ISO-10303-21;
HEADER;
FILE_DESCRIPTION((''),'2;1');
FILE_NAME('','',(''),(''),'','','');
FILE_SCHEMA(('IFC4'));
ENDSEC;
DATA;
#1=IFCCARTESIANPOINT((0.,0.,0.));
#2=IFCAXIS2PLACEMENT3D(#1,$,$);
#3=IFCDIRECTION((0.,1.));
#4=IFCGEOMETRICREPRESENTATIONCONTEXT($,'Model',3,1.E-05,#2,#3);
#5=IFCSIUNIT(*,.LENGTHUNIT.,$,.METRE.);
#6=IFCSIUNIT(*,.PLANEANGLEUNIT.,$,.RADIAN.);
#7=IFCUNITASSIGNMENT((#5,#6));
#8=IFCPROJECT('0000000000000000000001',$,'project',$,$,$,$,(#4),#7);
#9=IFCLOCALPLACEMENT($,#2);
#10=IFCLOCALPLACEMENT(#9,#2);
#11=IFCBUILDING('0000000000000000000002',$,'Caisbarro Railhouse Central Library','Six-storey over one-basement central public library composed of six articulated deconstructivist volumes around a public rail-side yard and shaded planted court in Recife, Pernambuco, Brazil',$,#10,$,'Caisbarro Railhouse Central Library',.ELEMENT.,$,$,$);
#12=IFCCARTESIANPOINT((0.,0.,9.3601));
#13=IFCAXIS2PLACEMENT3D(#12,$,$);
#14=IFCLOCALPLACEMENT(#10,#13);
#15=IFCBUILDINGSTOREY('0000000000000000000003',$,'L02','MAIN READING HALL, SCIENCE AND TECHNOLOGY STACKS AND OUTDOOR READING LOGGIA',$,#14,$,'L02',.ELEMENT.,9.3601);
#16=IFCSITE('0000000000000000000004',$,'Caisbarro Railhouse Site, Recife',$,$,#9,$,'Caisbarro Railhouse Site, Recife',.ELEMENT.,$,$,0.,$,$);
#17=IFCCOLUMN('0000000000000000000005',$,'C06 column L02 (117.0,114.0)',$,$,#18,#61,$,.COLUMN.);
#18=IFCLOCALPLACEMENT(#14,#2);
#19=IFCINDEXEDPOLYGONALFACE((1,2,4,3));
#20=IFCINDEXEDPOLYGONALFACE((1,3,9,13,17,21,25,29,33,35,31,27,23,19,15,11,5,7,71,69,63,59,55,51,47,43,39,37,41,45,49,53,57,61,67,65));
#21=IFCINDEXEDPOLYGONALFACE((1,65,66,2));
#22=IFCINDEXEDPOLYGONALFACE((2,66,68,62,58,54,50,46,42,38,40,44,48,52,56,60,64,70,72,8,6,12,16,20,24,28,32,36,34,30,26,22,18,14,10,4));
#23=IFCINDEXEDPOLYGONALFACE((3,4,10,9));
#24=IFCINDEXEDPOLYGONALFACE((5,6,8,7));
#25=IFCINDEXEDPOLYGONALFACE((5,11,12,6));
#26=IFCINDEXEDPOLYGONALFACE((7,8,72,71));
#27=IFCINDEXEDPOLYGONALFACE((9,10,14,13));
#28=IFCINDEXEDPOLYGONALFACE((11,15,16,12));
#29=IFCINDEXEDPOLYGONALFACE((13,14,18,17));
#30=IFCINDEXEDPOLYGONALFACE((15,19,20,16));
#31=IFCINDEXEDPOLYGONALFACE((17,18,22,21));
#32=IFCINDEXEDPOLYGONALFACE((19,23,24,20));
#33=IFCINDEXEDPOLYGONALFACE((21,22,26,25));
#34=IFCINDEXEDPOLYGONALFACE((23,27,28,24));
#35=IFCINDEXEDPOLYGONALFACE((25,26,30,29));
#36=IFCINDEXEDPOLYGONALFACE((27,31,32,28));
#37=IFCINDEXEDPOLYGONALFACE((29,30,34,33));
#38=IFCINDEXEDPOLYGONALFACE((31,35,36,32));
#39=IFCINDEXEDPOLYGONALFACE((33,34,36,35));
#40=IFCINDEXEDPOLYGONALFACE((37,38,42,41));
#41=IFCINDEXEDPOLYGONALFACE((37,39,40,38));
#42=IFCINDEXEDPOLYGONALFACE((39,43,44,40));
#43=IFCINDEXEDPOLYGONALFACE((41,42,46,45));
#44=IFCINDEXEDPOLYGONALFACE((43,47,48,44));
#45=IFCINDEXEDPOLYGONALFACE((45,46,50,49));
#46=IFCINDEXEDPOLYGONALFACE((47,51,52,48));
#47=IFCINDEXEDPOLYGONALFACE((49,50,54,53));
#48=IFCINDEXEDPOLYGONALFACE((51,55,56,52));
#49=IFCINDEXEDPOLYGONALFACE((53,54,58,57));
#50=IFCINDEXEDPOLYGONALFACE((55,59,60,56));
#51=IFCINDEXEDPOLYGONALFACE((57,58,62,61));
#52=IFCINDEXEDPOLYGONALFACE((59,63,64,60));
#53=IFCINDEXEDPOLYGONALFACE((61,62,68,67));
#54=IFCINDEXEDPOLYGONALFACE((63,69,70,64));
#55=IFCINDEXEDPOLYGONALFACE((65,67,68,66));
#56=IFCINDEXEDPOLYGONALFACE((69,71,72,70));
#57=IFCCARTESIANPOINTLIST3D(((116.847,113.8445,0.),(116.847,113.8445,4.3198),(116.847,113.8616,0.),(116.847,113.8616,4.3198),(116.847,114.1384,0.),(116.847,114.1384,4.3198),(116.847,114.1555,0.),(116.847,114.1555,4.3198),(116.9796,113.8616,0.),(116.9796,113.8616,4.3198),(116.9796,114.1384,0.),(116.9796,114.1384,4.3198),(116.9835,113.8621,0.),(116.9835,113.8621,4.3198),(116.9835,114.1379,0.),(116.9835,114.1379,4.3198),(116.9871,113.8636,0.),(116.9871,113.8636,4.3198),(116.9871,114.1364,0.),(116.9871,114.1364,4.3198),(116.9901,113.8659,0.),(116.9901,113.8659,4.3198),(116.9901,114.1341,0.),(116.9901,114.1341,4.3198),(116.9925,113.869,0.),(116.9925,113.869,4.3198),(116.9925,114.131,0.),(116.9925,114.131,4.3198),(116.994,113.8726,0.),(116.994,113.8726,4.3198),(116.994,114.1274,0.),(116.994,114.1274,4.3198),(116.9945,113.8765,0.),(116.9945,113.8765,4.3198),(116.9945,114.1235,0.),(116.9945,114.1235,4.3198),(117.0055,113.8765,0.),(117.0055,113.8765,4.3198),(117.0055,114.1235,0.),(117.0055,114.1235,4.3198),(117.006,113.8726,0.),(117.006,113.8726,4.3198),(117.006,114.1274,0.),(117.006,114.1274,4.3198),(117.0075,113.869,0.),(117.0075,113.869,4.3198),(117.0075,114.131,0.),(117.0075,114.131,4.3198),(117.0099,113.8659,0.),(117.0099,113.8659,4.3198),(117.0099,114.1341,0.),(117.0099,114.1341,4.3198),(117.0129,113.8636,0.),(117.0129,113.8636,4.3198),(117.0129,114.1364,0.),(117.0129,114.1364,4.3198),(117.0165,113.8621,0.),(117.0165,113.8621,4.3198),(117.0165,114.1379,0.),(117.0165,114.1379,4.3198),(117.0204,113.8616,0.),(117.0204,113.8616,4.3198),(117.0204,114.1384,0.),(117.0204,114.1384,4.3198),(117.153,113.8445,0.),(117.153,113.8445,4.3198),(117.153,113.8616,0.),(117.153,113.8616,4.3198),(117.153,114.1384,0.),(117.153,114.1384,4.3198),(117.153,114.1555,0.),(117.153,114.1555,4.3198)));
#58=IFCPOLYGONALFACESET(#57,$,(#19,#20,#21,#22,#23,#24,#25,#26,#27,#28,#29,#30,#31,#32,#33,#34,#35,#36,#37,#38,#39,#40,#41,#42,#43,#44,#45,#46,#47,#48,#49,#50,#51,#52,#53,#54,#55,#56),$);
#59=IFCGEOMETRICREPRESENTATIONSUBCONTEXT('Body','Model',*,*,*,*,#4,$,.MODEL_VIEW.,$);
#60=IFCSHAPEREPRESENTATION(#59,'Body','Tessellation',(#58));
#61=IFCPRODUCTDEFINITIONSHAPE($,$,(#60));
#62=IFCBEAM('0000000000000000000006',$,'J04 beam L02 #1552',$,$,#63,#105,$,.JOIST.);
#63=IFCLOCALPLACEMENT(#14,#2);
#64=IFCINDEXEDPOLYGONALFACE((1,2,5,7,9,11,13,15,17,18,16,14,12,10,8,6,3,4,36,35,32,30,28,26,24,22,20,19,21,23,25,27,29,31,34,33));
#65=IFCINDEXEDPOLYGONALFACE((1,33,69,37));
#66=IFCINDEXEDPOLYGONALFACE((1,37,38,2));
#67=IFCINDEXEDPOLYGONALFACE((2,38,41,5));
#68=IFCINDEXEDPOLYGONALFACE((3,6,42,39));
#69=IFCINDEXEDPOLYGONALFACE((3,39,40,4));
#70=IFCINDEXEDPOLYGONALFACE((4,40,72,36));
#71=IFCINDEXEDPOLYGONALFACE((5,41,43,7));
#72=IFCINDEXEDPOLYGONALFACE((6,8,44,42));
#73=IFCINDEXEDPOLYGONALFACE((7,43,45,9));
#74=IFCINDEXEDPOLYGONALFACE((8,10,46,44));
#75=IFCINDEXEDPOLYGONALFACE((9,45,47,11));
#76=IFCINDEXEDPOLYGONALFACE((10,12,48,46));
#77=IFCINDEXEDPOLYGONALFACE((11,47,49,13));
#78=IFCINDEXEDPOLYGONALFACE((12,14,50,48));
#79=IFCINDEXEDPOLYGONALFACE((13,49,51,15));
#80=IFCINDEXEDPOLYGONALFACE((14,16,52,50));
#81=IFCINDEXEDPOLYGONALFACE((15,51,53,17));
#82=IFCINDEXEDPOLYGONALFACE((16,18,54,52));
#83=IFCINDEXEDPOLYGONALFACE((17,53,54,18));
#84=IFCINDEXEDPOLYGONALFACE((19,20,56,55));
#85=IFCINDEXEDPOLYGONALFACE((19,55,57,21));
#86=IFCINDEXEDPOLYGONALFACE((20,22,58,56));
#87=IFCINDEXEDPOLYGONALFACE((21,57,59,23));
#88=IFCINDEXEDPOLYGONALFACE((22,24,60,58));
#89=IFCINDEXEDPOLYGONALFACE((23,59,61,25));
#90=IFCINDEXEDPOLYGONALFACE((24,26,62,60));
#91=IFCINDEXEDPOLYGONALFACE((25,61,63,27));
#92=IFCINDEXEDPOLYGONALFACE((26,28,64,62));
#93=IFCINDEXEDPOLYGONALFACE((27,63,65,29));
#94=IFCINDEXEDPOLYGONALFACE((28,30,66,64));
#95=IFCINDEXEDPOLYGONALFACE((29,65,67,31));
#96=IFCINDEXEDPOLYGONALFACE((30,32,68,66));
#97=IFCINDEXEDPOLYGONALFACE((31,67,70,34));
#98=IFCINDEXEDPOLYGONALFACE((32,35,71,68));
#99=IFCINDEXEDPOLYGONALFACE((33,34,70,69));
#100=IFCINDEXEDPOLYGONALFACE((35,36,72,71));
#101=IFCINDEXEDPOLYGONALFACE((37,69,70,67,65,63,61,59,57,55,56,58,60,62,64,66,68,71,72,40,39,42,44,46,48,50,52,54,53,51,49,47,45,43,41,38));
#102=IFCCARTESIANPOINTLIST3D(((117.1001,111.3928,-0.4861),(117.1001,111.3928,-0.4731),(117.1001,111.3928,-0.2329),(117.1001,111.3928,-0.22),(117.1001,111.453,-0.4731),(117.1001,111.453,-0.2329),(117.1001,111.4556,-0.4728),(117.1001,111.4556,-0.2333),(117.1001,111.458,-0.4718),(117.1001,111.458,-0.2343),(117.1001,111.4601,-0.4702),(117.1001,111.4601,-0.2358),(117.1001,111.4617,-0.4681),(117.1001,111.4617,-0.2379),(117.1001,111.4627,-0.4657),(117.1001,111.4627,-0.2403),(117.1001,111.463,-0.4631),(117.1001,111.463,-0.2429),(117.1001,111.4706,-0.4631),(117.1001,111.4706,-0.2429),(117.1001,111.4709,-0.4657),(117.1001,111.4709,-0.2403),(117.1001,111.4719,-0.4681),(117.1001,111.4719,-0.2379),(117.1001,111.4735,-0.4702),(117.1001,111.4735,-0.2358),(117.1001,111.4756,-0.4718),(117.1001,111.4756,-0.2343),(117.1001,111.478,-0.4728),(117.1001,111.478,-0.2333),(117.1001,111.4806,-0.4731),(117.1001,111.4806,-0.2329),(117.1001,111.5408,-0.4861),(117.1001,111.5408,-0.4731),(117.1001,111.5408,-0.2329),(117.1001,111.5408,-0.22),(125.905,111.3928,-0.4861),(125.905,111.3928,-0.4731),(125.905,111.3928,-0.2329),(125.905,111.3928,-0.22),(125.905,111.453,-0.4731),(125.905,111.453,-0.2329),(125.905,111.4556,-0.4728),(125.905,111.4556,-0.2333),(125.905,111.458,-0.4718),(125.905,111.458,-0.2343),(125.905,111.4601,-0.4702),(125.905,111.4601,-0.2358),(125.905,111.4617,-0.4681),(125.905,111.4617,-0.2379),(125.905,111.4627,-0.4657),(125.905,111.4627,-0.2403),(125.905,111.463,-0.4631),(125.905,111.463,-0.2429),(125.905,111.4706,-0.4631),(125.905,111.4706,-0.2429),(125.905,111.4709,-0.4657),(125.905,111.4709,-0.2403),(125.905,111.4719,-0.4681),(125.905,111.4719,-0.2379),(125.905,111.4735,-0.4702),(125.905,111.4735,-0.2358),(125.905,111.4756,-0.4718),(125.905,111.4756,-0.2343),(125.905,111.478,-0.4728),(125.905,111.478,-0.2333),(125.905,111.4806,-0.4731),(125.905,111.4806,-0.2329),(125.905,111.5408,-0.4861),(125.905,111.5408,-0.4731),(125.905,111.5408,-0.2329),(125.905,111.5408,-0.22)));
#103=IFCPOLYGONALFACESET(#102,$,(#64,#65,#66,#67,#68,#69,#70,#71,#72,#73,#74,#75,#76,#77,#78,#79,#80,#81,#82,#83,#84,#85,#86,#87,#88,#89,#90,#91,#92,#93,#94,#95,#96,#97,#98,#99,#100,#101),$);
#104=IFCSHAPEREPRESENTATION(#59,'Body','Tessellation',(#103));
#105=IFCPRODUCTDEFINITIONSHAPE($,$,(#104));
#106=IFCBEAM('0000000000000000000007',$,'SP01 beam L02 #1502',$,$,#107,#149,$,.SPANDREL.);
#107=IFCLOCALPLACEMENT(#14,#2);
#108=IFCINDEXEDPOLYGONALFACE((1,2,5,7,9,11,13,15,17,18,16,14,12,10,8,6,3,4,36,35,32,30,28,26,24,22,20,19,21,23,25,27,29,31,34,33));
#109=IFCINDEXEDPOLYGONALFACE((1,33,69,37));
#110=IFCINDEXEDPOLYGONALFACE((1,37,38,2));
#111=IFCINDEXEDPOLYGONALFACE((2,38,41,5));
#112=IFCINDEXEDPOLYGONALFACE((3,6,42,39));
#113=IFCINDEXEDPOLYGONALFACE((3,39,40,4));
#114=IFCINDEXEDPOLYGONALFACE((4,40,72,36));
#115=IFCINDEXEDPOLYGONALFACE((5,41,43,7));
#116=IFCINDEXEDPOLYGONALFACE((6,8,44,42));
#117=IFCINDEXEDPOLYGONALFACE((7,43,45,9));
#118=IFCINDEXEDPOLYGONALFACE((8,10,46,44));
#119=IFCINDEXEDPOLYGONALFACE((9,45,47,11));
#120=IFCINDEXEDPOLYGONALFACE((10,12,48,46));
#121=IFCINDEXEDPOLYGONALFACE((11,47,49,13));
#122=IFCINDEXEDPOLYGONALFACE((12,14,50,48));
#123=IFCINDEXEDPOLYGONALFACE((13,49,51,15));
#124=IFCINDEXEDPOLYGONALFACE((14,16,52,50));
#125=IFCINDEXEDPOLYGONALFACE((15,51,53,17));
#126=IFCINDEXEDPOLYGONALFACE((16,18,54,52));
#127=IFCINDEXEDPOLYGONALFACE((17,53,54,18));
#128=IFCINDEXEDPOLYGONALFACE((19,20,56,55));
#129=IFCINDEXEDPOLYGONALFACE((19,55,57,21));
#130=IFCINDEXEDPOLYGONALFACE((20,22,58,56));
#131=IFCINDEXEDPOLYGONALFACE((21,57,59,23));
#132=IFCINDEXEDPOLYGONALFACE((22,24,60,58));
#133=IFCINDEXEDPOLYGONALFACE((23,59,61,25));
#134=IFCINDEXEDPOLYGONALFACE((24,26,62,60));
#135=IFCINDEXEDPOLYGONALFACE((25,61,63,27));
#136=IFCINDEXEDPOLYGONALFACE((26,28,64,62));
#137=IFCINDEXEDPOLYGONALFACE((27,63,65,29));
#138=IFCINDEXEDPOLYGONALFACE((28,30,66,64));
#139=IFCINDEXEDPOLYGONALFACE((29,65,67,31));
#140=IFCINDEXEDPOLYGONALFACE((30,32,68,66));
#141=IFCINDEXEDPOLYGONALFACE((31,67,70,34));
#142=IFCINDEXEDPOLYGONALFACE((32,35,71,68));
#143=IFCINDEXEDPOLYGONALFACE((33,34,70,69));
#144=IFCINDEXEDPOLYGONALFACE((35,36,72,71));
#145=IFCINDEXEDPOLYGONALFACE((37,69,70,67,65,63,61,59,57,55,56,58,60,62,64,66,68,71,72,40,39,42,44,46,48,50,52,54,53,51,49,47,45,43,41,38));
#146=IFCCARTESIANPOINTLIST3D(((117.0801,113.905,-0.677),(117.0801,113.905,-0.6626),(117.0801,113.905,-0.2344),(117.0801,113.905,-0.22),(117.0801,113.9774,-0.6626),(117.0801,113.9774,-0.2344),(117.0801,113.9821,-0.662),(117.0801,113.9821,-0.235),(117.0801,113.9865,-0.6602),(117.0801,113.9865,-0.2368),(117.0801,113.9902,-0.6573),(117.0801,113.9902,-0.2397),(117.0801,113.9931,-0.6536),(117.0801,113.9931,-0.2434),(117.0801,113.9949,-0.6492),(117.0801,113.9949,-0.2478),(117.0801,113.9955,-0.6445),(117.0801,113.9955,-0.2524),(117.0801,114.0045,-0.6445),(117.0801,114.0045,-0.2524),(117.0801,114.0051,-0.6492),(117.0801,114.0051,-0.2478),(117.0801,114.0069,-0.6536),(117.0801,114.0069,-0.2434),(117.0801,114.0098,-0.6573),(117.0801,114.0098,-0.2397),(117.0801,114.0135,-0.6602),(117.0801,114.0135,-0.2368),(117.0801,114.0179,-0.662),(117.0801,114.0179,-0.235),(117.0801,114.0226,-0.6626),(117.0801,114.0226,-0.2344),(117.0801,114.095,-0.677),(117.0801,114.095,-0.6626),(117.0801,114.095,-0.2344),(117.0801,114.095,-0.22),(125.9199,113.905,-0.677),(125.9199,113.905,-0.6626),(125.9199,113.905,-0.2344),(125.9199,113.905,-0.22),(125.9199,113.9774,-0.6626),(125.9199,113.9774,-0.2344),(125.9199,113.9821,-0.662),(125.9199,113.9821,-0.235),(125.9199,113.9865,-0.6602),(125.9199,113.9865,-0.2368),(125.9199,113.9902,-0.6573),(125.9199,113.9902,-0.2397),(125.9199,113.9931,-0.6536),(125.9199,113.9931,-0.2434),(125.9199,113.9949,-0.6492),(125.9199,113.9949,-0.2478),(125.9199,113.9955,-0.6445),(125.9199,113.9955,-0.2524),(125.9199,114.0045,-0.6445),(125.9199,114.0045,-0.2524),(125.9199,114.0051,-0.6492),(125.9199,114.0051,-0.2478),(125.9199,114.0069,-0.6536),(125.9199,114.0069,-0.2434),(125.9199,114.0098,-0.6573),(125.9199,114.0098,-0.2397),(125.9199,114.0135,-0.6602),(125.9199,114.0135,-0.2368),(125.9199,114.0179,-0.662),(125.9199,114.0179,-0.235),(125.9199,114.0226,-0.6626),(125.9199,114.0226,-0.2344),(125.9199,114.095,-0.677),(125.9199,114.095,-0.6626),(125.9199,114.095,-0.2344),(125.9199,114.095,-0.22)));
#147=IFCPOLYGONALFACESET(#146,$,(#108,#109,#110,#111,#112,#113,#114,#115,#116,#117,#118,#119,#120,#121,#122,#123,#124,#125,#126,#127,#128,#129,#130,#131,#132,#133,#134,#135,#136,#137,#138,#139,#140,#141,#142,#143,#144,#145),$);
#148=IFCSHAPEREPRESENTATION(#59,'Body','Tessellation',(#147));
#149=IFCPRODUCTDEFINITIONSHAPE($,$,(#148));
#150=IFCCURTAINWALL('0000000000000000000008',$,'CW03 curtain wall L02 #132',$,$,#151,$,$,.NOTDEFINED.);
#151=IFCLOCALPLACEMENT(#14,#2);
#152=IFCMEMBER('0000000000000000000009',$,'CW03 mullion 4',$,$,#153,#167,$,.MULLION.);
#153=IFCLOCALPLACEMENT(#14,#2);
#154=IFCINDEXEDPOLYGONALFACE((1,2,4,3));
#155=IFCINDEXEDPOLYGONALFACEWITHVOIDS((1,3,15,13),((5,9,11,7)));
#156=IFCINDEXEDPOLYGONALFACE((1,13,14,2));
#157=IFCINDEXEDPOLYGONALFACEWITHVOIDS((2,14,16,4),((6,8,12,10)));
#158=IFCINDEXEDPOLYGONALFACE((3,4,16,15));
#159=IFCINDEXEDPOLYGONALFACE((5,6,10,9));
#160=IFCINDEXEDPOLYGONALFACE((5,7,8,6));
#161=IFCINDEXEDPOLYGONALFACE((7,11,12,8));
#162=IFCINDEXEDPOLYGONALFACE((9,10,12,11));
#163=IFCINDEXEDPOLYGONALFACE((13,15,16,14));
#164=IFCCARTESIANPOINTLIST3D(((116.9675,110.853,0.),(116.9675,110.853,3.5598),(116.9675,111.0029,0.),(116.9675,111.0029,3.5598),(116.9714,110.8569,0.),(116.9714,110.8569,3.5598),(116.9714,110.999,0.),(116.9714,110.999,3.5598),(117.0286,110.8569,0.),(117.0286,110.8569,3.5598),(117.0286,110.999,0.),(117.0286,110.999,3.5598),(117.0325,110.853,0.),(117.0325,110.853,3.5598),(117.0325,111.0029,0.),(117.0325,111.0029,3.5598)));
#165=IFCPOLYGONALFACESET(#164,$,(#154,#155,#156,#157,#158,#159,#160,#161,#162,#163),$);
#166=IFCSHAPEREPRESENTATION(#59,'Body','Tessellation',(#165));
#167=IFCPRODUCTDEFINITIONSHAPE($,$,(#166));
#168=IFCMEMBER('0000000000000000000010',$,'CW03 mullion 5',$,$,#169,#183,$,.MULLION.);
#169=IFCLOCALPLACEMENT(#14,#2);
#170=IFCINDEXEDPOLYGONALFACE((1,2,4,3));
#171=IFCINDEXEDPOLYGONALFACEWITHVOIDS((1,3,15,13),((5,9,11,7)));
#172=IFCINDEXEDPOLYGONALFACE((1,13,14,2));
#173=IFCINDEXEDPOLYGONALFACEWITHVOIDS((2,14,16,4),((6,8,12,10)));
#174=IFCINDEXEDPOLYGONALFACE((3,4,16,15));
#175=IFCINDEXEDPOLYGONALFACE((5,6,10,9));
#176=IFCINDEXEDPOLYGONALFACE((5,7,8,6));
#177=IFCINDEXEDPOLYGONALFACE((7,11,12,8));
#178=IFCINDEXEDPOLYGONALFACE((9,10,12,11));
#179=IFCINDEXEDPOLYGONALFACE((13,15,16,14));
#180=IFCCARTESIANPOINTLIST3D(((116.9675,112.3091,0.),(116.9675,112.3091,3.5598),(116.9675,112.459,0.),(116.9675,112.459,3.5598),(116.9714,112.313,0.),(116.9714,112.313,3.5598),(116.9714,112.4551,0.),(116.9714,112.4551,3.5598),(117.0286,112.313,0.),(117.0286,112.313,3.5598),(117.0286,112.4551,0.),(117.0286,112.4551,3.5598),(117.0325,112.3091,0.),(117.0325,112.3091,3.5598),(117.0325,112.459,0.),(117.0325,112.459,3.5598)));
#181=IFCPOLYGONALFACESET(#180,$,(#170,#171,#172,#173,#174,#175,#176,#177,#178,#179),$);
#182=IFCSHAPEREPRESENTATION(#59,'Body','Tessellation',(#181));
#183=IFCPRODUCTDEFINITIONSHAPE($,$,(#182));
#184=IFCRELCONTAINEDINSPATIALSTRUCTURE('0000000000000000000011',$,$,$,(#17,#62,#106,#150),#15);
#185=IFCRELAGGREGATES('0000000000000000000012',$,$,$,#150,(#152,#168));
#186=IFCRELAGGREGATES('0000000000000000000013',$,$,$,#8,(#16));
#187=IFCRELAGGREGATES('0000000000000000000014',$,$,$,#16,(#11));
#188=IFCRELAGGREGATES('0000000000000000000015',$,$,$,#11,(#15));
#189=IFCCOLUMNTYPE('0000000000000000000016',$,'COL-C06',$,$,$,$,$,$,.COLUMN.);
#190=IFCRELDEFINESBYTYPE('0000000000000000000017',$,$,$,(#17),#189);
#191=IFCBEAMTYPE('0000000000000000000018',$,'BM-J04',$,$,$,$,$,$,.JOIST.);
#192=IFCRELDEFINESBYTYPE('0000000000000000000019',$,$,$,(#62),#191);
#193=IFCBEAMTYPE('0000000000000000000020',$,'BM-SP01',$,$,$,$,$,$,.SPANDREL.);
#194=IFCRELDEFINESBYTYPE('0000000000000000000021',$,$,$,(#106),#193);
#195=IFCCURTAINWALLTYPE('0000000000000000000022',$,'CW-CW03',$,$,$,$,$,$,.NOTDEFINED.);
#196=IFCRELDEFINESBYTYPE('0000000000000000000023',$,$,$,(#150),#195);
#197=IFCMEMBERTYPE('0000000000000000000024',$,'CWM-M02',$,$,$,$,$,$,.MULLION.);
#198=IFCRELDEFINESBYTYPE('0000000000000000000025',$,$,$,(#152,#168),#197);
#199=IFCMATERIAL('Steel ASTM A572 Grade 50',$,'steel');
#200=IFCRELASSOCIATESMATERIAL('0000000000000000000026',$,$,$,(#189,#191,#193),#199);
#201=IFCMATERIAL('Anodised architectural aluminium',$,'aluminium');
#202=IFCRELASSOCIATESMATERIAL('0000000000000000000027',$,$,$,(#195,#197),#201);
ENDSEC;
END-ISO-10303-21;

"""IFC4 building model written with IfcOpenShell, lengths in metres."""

from ifc_helpers import new_model, si_unit, direction, frame, origin, origin_2d, place, context, subcontext, project, spatial, hollow_rectangle, i_section, extrude, material, material_profile, profile_set, type_object, element, aggregate, save


model = new_model("IFC4")

# Units and contexts
model_context = context("Model", 3, precision=1e-05, world=origin(), true_north=direction((0.0, 1.0)))
body_context = subcontext(model_context, "Body", "Model", "MODEL_VIEW")
ifc_project = project(units=[si_unit("LENGTHUNIT", "METRE"), si_unit("PLANEANGLEUNIT", "RADIAN")], contexts=[model_context])

# Site, building, storey
site_placement = place(None, origin())
site = spatial("IfcSite", under=ifc_project, at=site_placement, Name="Caisbarro Railhouse Site, Recife", LongName="Caisbarro Railhouse Site, Recife", CompositionType="ELEMENT", RefElevation=0.0)
building_placement = place(site_placement, origin())
building = spatial("IfcBuilding", under=site, at=building_placement, Name="Caisbarro Railhouse Central Library", Description="Six-storey over one-basement central public library composed of six articulated deconstructivist volumes around a public rail-side yard and shaded planted court in Recife, Pernambuco, Brazil", LongName="Caisbarro Railhouse Central Library", CompositionType="ELEMENT")
storey_placement = place(building_placement, frame((0.0, 0.0, 9.3601)))
storey = spatial("IfcBuildingStorey", under=building, at=storey_placement, Name="L02", Description="MAIN READING HALL, SCIENCE AND TECHNOLOGY STACKS AND OUTDOOR READING LOGGIA", LongName="L02", CompositionType="ELEMENT", Elevation=9.3601)

# Column
ifc_material_1 = material(Name="Steel ASTM A572 Grade 50", Category="steel")
ifc_material_profile_1 = material_profile(ifc_material_1, i_section(OverallWidth=0.3059, OverallDepth=0.311, WebThickness=0.011, FlangeThickness=0.0171, FilletRadius=0.0149, at=origin_2d()), Name="W310X107.0")
ifc_profile_set_1 = profile_set([ifc_material_profile_1], Name="Steel ASTM A572 Grade 50")
column_type = type_object("IfcColumnType", Name="COL-C06", PredefinedType="COLUMN", material=ifc_profile_set_1)
column_placement = place(storey_placement, frame((117.0, 114.0, 0.0), z_axis=(0.0, 0.0, 1.0), x_axis=(1.0, 0.0, 0.0)))
element("IfcColumn", 1, at=column_placement, inside=storey, type_object=column_type, Name="C06 column L02 (117.0,114.0)", PredefinedType="COLUMN", context=body_context, shape_type="SweptSolid", body=[
    extrude(i_section(OverallWidth=0.3059, OverallDepth=0.311, WebThickness=0.011, FlangeThickness=0.0171, FilletRadius=0.0149, at=origin_2d()), origin(), (0.0, 0.0, 1.0), 4.3198),
])

# Beams
ifc_material_profile_2 = material_profile(ifc_material_1, i_section(OverallWidth=0.1479, OverallDepth=0.2661, WebThickness=0.0076, FlangeThickness=0.0129, FilletRadius=0.01, at=origin_2d()), Name="W250X44.8")
ifc_profile_set_2 = profile_set([ifc_material_profile_2], Name="Steel ASTM A572 Grade 50")
beam_type_1 = type_object("IfcBeamType", Name="BM-J04", PredefinedType="JOIST", material=ifc_profile_set_2)
beam_1_placement = place(storey_placement, frame((117.1001, 111.4668, -0.353), z_axis=(1.0, 0.0, 0.0), x_axis=(0.0, 1.0, 0.0)))
element("IfcBeam", 2, at=beam_1_placement, inside=storey, type_object=beam_type_1, Name="J04 beam L02 #1552", PredefinedType="JOIST", context=body_context, shape_type="SweptSolid", body=[
    extrude(i_section(OverallWidth=0.1479, OverallDepth=0.2661, WebThickness=0.0076, FlangeThickness=0.0129, FilletRadius=0.01, at=origin_2d()), origin(), (0.0, 0.0, 1.0), 8.8049),
])
ifc_material_profile_3 = material_profile(ifc_material_1, i_section(OverallWidth=0.1899, OverallDepth=0.457, WebThickness=0.009, FlangeThickness=0.0144, FilletRadius=0.0181, at=origin_2d()), Name="W460X74.0")
ifc_profile_set_3 = profile_set([ifc_material_profile_3], Name="Steel ASTM A572 Grade 50")
beam_type_2 = type_object("IfcBeamType", Name="BM-SP01", PredefinedType="SPANDREL", material=ifc_profile_set_3)
beam_2_placement = place(storey_placement, frame((117.0801, 114.0, -0.4485), z_axis=(1.0, 0.0, 0.0), x_axis=(0.0, 1.0, 0.0)))
element("IfcBeam", 3, at=beam_2_placement, inside=storey, type_object=beam_type_2, Name="SP01 beam L02 #1502", PredefinedType="SPANDREL", context=body_context, shape_type="SweptSolid", body=[
    extrude(i_section(OverallWidth=0.1899, OverallDepth=0.457, WebThickness=0.009, FlangeThickness=0.0144, FilletRadius=0.0181, at=origin_2d()), origin(), (0.0, 0.0, 1.0), 8.8398),
])

# Curtain wall, members
ifc_material_2 = material(Name="Anodised architectural aluminium", Category="aluminium")
curtain_wall_type = type_object("IfcCurtainWallType", Name="CW-CW03", PredefinedType="NOTDEFINED", material=ifc_material_2)
curtain_wall_placement = place(storey_placement, origin())
curtain_wall = element("IfcCurtainWall", 4, at=curtain_wall_placement, inside=storey, type_object=curtain_wall_type, Name="CW03 curtain wall L02 #132", PredefinedType="NOTDEFINED")
ifc_material_profile_4 = material_profile(ifc_material_2, hollow_rectangle(XDim=0.0649, YDim=0.1499, WallThickness=0.0039, at=origin_2d()), Name="ALU-MUL-65X150")
ifc_profile_set_4 = profile_set([ifc_material_profile_4], Name="Anodised architectural aluminium")
member_type_1 = type_object("IfcMemberType", Name="CWM-M02", PredefinedType="MULLION", material=ifc_profile_set_4)
member_1_placement = place(storey_placement, frame((117.0, 110.928, 0.0), z_axis=(0.0, 0.0, 1.0), x_axis=(-1.0, 0.0, 0.0)))
member_1 = element("IfcMember", 5, at=member_1_placement, type_object=member_type_1, Name="CW03 mullion 4", PredefinedType="MULLION", context=body_context, shape_type="SweptSolid", body=[
    extrude(hollow_rectangle(XDim=0.0649, YDim=0.1499, WallThickness=0.0039, at=origin_2d()), origin(), (0.0, 0.0, 1.0), 3.5598),
])
member_2_placement = place(storey_placement, frame((117.0, 112.384, 0.0), z_axis=(0.0, 0.0, 1.0), x_axis=(-1.0, 0.0, 0.0)))
member_2 = element("IfcMember", 6, at=member_2_placement, type_object=member_type_1, Name="CW03 mullion 5", PredefinedType="MULLION", context=body_context, shape_type="SweptSolid", body=[
    extrude(hollow_rectangle(XDim=0.0649, YDim=0.1499, WallThickness=0.0039, at=origin_2d()), origin(), (0.0, 0.0, 1.0), 3.5598),
])
aggregate(curtain_wall, [member_1, member_2])

save(model, "model.ifc")
